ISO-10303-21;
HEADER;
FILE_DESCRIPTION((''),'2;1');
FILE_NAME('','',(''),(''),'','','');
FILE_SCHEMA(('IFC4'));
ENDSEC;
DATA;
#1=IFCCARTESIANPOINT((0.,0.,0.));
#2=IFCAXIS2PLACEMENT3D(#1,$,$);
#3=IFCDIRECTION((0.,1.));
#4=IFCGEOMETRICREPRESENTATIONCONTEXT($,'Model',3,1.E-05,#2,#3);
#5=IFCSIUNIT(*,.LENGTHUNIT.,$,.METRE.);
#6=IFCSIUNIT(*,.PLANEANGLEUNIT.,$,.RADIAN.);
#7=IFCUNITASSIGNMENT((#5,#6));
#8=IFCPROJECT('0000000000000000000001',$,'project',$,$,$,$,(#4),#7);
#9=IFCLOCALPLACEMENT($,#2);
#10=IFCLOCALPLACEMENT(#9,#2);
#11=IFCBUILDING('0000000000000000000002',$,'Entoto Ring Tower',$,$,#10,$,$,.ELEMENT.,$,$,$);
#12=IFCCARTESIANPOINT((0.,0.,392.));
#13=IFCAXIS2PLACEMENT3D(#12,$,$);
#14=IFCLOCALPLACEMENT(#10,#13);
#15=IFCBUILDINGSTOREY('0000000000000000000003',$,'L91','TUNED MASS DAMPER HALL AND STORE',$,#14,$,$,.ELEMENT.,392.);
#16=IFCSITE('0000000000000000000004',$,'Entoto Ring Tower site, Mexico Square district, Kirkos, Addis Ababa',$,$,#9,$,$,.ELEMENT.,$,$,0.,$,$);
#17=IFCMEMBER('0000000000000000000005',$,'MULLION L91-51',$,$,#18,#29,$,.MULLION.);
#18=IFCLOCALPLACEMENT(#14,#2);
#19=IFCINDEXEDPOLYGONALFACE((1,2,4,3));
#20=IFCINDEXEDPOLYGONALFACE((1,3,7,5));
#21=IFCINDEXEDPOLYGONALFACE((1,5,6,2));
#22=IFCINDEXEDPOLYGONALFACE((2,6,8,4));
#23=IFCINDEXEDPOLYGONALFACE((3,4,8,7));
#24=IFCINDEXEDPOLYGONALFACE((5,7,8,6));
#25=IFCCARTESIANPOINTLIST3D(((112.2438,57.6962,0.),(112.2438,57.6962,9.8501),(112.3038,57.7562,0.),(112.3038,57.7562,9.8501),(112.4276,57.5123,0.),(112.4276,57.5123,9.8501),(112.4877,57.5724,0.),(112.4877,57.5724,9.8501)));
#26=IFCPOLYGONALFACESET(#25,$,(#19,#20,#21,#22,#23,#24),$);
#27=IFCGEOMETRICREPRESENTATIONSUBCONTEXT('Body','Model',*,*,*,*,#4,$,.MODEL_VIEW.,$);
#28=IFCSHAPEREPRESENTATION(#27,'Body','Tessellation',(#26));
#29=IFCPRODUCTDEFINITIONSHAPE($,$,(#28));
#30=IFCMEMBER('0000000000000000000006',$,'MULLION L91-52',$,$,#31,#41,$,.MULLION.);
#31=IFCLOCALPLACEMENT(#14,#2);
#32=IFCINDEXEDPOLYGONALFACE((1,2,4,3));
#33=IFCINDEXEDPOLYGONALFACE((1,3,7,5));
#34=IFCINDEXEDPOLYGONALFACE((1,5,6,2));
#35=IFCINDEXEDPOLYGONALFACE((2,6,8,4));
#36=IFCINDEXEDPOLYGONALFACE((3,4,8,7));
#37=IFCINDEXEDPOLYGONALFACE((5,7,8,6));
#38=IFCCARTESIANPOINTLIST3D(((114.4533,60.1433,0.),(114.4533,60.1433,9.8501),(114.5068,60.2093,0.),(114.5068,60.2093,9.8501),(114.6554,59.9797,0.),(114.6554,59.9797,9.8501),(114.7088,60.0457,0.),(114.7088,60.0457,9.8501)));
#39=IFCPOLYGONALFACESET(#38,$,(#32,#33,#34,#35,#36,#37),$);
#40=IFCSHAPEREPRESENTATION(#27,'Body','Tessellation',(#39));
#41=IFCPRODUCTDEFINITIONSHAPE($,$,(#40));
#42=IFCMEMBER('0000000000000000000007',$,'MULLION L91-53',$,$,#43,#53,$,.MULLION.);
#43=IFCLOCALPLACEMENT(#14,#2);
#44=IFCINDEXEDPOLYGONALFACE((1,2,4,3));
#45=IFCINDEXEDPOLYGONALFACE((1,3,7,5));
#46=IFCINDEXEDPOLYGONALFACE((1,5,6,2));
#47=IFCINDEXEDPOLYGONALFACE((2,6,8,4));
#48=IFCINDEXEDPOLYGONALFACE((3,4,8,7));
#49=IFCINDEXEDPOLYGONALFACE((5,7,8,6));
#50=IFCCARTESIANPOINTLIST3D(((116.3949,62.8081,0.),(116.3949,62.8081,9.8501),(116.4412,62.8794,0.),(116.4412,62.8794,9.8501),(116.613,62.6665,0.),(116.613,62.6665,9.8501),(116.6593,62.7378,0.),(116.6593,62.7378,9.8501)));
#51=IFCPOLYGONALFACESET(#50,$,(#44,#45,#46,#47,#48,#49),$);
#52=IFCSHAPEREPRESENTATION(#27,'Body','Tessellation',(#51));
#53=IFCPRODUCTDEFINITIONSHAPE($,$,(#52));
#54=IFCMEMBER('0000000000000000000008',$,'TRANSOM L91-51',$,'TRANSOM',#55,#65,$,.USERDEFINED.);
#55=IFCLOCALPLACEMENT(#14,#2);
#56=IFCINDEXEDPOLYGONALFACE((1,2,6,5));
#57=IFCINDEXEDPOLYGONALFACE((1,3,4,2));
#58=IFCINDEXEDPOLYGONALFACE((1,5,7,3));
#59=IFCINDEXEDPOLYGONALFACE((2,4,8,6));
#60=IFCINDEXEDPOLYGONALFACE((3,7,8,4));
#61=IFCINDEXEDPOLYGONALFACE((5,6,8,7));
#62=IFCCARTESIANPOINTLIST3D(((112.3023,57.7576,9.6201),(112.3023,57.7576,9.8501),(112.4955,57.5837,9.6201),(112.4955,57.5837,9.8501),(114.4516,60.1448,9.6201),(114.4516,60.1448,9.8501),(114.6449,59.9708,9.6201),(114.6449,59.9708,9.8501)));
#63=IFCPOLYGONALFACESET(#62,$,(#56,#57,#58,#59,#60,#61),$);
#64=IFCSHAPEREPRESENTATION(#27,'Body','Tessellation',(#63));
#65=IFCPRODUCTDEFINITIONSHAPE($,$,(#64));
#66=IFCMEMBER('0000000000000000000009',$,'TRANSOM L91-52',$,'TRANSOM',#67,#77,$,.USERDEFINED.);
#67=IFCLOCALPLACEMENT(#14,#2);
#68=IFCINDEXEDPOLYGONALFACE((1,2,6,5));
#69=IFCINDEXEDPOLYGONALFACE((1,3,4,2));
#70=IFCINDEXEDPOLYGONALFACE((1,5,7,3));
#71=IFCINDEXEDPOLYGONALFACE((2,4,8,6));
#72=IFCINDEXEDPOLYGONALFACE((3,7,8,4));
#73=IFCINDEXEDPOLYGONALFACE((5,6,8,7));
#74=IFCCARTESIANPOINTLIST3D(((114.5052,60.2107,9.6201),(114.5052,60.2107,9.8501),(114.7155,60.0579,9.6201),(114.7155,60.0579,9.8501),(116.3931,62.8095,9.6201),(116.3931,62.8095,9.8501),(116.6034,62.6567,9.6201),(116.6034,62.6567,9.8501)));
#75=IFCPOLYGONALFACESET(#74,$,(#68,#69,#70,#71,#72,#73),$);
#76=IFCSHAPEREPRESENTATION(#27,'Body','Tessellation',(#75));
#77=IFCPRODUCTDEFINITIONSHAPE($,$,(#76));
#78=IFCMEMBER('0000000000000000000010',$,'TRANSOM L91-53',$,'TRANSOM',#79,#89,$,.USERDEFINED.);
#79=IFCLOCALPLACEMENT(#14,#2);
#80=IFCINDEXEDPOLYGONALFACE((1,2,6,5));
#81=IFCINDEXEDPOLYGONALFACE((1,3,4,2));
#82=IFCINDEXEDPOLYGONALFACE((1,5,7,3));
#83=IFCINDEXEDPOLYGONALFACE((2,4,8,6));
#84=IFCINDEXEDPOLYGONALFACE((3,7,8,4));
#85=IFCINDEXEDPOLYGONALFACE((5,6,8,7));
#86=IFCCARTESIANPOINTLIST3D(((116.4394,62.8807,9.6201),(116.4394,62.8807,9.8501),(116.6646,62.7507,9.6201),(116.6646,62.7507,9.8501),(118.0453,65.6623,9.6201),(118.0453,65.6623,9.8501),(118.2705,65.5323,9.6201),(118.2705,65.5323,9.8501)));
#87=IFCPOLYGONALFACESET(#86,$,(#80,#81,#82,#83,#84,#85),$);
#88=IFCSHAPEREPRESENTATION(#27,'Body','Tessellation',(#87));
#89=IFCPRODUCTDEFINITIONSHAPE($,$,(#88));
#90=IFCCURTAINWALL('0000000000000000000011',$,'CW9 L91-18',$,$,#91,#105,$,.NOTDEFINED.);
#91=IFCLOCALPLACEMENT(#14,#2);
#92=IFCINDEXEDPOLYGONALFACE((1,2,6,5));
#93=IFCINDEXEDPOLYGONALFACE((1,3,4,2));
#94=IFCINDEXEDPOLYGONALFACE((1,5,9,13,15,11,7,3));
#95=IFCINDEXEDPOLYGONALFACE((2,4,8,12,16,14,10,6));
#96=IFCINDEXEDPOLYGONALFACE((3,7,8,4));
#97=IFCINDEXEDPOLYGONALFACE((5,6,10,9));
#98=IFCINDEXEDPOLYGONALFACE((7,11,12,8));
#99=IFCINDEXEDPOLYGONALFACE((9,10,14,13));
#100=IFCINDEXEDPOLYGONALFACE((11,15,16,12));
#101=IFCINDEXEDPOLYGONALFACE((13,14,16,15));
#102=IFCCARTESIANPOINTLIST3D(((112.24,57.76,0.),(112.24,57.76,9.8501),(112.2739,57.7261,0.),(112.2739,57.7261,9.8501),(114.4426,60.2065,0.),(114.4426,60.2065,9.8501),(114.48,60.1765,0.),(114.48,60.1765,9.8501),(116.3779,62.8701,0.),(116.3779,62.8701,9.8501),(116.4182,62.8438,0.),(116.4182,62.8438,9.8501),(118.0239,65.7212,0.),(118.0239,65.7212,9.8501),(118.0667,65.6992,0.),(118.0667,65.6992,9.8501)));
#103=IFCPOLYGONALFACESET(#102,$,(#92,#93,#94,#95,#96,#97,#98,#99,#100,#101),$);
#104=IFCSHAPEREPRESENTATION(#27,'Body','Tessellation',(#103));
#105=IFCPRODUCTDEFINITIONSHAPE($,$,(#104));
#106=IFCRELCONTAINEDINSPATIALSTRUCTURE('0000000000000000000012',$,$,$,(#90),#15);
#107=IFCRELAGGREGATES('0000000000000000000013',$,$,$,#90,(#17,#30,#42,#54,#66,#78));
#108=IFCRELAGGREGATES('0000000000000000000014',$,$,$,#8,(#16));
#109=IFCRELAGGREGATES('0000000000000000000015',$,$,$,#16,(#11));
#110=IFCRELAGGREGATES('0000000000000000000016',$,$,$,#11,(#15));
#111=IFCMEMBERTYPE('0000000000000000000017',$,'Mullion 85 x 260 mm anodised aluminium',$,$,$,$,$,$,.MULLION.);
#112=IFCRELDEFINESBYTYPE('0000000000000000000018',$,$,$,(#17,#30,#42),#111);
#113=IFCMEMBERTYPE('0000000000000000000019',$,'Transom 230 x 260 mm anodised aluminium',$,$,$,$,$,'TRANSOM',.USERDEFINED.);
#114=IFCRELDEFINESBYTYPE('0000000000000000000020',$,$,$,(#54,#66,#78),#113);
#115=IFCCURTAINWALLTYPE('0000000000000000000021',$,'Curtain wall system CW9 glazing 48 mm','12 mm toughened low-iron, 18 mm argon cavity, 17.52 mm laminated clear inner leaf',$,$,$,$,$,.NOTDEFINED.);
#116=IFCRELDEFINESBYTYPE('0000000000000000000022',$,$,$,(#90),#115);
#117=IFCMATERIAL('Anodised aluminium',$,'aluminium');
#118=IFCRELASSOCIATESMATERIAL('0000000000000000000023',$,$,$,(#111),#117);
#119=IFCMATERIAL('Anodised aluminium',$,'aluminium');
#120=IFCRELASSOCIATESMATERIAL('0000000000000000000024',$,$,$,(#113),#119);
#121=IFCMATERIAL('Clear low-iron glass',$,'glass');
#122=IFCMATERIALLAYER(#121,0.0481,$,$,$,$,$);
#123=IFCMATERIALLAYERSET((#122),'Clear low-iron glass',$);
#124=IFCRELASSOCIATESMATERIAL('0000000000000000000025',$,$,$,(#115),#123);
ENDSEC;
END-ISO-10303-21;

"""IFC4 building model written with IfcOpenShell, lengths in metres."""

from ifc_helpers import new_model, si_unit, direction, frame, origin, origin_2d, place, context, subcontext, project, spatial, polyline, rectangle, outline, extrude, material, layer, layer_set, material_profile, profile_set, type_object, element, aggregate, save


model = new_model("IFC4")

# Units and contexts
model_context = context("Model", 3, precision=1e-05, world=origin(), true_north=direction((0.0, 1.0)))
body_context = subcontext(model_context, "Body", "Model", "MODEL_VIEW")
ifc_project = project(units=[si_unit("LENGTHUNIT", "METRE"), si_unit("PLANEANGLEUNIT", "RADIAN")], contexts=[model_context])

# Members
ifc_material_1 = material(Name="Anodised aluminium", Category="aluminium")
ifc_material_profile_1 = material_profile(ifc_material_1, rectangle(XDim=0.085, YDim=0.26, at=origin_2d()), Name="Mullion 85 x 260 mm anodised aluminium")
ifc_profile_set_1 = profile_set([ifc_material_profile_1], Name="Anodised aluminium")
member_type_1 = type_object("IfcMemberType", Name="Mullion 85 x 260 mm anodised aluminium", PredefinedType="MULLION", material=ifc_profile_set_1)
site_placement = place(None, origin())
building_placement = place(site_placement, origin())
storey_placement = place(building_placement, frame((0.0, 0.0, 392.0)))
member_1_placement = place(storey_placement, frame((112.3657, 57.6343, 0.0), z_axis=(0.0, 0.0, 1.0), x_axis=(0.707107, 0.707107, 0.0)))
member_1 = element("IfcMember", 1, at=member_1_placement, type_object=member_type_1, Name="MULLION L91-51", PredefinedType="MULLION", context=body_context, shape_type="SweptSolid", body=[
    extrude(rectangle(XDim=0.085, YDim=0.26, at=origin_2d()), origin(), (0.0, 0.0, 1.0), 9.8501),
])
member_2_placement = place(storey_placement, frame((114.5811, 60.0945, 0.0), z_axis=(0.0, 0.0, 1.0), x_axis=(0.62932, 0.777146, 0.0)))
member_2 = element("IfcMember", 2, at=member_2_placement, type_object=member_type_1, Name="MULLION L91-52", PredefinedType="MULLION", context=body_context, shape_type="SweptSolid", body=[
    extrude(rectangle(XDim=0.085, YDim=0.26, at=origin_2d()), origin(), (0.0, 0.0, 1.0), 9.8501),
])
member_3_placement = place(storey_placement, frame((116.5271, 62.7729, 0.0), z_axis=(0.0, 0.0, 1.0), x_axis=(0.544639, 0.838671, 0.0)))
member_3 = element("IfcMember", 3, at=member_3_placement, type_object=member_type_1, Name="MULLION L91-53", PredefinedType="MULLION", context=body_context, shape_type="SweptSolid", body=[
    extrude(rectangle(XDim=0.085, YDim=0.26, at=origin_2d()), origin(), (0.0, 0.0, 1.0), 9.8501),
])
ifc_material_2 = material(Name="Anodised aluminium", Category="aluminium")
ifc_material_profile_2 = material_profile(ifc_material_2, rectangle(XDim=0.26, YDim=0.23, at=origin_2d()), Name="Transom 230 x 260 mm anodised aluminium")
ifc_profile_set_2 = profile_set([ifc_material_profile_2], Name="Anodised aluminium")
member_type_2 = type_object("IfcMemberType", Name="Transom 230 x 260 mm anodised aluminium", ElementType="TRANSOM", PredefinedType="USERDEFINED", material=ifc_profile_set_2)
member_4_placement = place(storey_placement, frame((112.3989, 57.6707, 9.7351), z_axis=(0.669124, 0.743151, 0.0), x_axis=(-0.743151, 0.669124, 0.0)))
member_4 = element("IfcMember", 4, at=member_4_placement, type_object=member_type_2, Name="TRANSOM L91-51", ObjectType="TRANSOM", PredefinedType="USERDEFINED", context=body_context, shape_type="SweptSolid", body=[
    extrude(rectangle(XDim=0.26, YDim=0.23, at=origin_2d()), origin(), (0.0, 0.0, 1.0), 3.2122),
])
member_5_placement = place(storey_placement, frame((114.6104, 60.1343, 9.7351), z_axis=(0.587733, 0.809055, 0.0), x_axis=(-0.809055, 0.587733, 0.0)))
member_5 = element("IfcMember", 5, at=member_5_placement, type_object=member_type_2, Name="TRANSOM L91-52", ObjectType="TRANSOM", PredefinedType="USERDEFINED", context=body_context, shape_type="SweptSolid", body=[
    extrude(rectangle(XDim=0.26, YDim=0.23, at=origin_2d()), origin(), (0.0, 0.0, 1.0), 3.2122),
])
member_6_placement = place(storey_placement, frame((116.552, 62.8157, 9.7351), z_axis=(0.499981, 0.866036, 0.0), x_axis=(-0.866036, 0.499981, 0.0)))
member_6 = element("IfcMember", 6, at=member_6_placement, type_object=member_type_2, Name="TRANSOM L91-53", ObjectType="TRANSOM", PredefinedType="USERDEFINED", context=body_context, shape_type="SweptSolid", body=[
    extrude(rectangle(XDim=0.26, YDim=0.23, at=origin_2d()), origin(), (0.0, 0.0, 1.0), 3.2119),
])

# Site, building, storey
site = spatial("IfcSite", under=ifc_project, at=site_placement, Name="Entoto Ring Tower site, Mexico Square district, Kirkos, Addis Ababa", CompositionType="ELEMENT", RefElevation=0.0)
building = spatial("IfcBuilding", under=site, at=building_placement, Name="Entoto Ring Tower", CompositionType="ELEMENT")
storey = spatial("IfcBuildingStorey", under=building, at=storey_placement, Name="L91", Description="TUNED MASS DAMPER HALL AND STORE", CompositionType="ELEMENT", Elevation=392.0)

# Curtain wall
ifc_material_3 = material(Name="Clear low-iron glass", Category="glass")
ifc_layer = layer(ifc_material_3, 0.0481)
ifc_layer_set = layer_set([ifc_layer], Name="Clear low-iron glass")
curtain_wall_type = type_object("IfcCurtainWallType", Name="Curtain wall system CW9 glazing 48 mm", Description="12 mm toughened low-iron, 18 mm argon cavity, 17.52 mm laminated clear inner leaf", PredefinedType="NOTDEFINED", material=ifc_layer_set)
curtain_wall_1_placement = place(storey_placement, origin())
curtain_wall_1 = element("IfcCurtainWall", 7, at=curtain_wall_1_placement, inside=storey, type_object=curtain_wall_type, Name="CW9 L91-18", PredefinedType="NOTDEFINED", context=body_context, shape_type="SweptSolid", body=[
    extrude(outline(polyline([(112.2739, 57.7261), (114.48, 60.1765), (116.4182, 62.8438), (118.0667, 65.6992), (118.0239, 65.7212), (116.3779, 62.8701), (114.4426, 60.2065), (112.24, 57.76), (112.2739, 57.7261)])), origin(), (0.0, 0.0, 1.0), 9.8501),
])
aggregate(curtain_wall_1, [member_1, member_2, member_3, member_4, member_5, member_6])

save(model, "model.ifc")
